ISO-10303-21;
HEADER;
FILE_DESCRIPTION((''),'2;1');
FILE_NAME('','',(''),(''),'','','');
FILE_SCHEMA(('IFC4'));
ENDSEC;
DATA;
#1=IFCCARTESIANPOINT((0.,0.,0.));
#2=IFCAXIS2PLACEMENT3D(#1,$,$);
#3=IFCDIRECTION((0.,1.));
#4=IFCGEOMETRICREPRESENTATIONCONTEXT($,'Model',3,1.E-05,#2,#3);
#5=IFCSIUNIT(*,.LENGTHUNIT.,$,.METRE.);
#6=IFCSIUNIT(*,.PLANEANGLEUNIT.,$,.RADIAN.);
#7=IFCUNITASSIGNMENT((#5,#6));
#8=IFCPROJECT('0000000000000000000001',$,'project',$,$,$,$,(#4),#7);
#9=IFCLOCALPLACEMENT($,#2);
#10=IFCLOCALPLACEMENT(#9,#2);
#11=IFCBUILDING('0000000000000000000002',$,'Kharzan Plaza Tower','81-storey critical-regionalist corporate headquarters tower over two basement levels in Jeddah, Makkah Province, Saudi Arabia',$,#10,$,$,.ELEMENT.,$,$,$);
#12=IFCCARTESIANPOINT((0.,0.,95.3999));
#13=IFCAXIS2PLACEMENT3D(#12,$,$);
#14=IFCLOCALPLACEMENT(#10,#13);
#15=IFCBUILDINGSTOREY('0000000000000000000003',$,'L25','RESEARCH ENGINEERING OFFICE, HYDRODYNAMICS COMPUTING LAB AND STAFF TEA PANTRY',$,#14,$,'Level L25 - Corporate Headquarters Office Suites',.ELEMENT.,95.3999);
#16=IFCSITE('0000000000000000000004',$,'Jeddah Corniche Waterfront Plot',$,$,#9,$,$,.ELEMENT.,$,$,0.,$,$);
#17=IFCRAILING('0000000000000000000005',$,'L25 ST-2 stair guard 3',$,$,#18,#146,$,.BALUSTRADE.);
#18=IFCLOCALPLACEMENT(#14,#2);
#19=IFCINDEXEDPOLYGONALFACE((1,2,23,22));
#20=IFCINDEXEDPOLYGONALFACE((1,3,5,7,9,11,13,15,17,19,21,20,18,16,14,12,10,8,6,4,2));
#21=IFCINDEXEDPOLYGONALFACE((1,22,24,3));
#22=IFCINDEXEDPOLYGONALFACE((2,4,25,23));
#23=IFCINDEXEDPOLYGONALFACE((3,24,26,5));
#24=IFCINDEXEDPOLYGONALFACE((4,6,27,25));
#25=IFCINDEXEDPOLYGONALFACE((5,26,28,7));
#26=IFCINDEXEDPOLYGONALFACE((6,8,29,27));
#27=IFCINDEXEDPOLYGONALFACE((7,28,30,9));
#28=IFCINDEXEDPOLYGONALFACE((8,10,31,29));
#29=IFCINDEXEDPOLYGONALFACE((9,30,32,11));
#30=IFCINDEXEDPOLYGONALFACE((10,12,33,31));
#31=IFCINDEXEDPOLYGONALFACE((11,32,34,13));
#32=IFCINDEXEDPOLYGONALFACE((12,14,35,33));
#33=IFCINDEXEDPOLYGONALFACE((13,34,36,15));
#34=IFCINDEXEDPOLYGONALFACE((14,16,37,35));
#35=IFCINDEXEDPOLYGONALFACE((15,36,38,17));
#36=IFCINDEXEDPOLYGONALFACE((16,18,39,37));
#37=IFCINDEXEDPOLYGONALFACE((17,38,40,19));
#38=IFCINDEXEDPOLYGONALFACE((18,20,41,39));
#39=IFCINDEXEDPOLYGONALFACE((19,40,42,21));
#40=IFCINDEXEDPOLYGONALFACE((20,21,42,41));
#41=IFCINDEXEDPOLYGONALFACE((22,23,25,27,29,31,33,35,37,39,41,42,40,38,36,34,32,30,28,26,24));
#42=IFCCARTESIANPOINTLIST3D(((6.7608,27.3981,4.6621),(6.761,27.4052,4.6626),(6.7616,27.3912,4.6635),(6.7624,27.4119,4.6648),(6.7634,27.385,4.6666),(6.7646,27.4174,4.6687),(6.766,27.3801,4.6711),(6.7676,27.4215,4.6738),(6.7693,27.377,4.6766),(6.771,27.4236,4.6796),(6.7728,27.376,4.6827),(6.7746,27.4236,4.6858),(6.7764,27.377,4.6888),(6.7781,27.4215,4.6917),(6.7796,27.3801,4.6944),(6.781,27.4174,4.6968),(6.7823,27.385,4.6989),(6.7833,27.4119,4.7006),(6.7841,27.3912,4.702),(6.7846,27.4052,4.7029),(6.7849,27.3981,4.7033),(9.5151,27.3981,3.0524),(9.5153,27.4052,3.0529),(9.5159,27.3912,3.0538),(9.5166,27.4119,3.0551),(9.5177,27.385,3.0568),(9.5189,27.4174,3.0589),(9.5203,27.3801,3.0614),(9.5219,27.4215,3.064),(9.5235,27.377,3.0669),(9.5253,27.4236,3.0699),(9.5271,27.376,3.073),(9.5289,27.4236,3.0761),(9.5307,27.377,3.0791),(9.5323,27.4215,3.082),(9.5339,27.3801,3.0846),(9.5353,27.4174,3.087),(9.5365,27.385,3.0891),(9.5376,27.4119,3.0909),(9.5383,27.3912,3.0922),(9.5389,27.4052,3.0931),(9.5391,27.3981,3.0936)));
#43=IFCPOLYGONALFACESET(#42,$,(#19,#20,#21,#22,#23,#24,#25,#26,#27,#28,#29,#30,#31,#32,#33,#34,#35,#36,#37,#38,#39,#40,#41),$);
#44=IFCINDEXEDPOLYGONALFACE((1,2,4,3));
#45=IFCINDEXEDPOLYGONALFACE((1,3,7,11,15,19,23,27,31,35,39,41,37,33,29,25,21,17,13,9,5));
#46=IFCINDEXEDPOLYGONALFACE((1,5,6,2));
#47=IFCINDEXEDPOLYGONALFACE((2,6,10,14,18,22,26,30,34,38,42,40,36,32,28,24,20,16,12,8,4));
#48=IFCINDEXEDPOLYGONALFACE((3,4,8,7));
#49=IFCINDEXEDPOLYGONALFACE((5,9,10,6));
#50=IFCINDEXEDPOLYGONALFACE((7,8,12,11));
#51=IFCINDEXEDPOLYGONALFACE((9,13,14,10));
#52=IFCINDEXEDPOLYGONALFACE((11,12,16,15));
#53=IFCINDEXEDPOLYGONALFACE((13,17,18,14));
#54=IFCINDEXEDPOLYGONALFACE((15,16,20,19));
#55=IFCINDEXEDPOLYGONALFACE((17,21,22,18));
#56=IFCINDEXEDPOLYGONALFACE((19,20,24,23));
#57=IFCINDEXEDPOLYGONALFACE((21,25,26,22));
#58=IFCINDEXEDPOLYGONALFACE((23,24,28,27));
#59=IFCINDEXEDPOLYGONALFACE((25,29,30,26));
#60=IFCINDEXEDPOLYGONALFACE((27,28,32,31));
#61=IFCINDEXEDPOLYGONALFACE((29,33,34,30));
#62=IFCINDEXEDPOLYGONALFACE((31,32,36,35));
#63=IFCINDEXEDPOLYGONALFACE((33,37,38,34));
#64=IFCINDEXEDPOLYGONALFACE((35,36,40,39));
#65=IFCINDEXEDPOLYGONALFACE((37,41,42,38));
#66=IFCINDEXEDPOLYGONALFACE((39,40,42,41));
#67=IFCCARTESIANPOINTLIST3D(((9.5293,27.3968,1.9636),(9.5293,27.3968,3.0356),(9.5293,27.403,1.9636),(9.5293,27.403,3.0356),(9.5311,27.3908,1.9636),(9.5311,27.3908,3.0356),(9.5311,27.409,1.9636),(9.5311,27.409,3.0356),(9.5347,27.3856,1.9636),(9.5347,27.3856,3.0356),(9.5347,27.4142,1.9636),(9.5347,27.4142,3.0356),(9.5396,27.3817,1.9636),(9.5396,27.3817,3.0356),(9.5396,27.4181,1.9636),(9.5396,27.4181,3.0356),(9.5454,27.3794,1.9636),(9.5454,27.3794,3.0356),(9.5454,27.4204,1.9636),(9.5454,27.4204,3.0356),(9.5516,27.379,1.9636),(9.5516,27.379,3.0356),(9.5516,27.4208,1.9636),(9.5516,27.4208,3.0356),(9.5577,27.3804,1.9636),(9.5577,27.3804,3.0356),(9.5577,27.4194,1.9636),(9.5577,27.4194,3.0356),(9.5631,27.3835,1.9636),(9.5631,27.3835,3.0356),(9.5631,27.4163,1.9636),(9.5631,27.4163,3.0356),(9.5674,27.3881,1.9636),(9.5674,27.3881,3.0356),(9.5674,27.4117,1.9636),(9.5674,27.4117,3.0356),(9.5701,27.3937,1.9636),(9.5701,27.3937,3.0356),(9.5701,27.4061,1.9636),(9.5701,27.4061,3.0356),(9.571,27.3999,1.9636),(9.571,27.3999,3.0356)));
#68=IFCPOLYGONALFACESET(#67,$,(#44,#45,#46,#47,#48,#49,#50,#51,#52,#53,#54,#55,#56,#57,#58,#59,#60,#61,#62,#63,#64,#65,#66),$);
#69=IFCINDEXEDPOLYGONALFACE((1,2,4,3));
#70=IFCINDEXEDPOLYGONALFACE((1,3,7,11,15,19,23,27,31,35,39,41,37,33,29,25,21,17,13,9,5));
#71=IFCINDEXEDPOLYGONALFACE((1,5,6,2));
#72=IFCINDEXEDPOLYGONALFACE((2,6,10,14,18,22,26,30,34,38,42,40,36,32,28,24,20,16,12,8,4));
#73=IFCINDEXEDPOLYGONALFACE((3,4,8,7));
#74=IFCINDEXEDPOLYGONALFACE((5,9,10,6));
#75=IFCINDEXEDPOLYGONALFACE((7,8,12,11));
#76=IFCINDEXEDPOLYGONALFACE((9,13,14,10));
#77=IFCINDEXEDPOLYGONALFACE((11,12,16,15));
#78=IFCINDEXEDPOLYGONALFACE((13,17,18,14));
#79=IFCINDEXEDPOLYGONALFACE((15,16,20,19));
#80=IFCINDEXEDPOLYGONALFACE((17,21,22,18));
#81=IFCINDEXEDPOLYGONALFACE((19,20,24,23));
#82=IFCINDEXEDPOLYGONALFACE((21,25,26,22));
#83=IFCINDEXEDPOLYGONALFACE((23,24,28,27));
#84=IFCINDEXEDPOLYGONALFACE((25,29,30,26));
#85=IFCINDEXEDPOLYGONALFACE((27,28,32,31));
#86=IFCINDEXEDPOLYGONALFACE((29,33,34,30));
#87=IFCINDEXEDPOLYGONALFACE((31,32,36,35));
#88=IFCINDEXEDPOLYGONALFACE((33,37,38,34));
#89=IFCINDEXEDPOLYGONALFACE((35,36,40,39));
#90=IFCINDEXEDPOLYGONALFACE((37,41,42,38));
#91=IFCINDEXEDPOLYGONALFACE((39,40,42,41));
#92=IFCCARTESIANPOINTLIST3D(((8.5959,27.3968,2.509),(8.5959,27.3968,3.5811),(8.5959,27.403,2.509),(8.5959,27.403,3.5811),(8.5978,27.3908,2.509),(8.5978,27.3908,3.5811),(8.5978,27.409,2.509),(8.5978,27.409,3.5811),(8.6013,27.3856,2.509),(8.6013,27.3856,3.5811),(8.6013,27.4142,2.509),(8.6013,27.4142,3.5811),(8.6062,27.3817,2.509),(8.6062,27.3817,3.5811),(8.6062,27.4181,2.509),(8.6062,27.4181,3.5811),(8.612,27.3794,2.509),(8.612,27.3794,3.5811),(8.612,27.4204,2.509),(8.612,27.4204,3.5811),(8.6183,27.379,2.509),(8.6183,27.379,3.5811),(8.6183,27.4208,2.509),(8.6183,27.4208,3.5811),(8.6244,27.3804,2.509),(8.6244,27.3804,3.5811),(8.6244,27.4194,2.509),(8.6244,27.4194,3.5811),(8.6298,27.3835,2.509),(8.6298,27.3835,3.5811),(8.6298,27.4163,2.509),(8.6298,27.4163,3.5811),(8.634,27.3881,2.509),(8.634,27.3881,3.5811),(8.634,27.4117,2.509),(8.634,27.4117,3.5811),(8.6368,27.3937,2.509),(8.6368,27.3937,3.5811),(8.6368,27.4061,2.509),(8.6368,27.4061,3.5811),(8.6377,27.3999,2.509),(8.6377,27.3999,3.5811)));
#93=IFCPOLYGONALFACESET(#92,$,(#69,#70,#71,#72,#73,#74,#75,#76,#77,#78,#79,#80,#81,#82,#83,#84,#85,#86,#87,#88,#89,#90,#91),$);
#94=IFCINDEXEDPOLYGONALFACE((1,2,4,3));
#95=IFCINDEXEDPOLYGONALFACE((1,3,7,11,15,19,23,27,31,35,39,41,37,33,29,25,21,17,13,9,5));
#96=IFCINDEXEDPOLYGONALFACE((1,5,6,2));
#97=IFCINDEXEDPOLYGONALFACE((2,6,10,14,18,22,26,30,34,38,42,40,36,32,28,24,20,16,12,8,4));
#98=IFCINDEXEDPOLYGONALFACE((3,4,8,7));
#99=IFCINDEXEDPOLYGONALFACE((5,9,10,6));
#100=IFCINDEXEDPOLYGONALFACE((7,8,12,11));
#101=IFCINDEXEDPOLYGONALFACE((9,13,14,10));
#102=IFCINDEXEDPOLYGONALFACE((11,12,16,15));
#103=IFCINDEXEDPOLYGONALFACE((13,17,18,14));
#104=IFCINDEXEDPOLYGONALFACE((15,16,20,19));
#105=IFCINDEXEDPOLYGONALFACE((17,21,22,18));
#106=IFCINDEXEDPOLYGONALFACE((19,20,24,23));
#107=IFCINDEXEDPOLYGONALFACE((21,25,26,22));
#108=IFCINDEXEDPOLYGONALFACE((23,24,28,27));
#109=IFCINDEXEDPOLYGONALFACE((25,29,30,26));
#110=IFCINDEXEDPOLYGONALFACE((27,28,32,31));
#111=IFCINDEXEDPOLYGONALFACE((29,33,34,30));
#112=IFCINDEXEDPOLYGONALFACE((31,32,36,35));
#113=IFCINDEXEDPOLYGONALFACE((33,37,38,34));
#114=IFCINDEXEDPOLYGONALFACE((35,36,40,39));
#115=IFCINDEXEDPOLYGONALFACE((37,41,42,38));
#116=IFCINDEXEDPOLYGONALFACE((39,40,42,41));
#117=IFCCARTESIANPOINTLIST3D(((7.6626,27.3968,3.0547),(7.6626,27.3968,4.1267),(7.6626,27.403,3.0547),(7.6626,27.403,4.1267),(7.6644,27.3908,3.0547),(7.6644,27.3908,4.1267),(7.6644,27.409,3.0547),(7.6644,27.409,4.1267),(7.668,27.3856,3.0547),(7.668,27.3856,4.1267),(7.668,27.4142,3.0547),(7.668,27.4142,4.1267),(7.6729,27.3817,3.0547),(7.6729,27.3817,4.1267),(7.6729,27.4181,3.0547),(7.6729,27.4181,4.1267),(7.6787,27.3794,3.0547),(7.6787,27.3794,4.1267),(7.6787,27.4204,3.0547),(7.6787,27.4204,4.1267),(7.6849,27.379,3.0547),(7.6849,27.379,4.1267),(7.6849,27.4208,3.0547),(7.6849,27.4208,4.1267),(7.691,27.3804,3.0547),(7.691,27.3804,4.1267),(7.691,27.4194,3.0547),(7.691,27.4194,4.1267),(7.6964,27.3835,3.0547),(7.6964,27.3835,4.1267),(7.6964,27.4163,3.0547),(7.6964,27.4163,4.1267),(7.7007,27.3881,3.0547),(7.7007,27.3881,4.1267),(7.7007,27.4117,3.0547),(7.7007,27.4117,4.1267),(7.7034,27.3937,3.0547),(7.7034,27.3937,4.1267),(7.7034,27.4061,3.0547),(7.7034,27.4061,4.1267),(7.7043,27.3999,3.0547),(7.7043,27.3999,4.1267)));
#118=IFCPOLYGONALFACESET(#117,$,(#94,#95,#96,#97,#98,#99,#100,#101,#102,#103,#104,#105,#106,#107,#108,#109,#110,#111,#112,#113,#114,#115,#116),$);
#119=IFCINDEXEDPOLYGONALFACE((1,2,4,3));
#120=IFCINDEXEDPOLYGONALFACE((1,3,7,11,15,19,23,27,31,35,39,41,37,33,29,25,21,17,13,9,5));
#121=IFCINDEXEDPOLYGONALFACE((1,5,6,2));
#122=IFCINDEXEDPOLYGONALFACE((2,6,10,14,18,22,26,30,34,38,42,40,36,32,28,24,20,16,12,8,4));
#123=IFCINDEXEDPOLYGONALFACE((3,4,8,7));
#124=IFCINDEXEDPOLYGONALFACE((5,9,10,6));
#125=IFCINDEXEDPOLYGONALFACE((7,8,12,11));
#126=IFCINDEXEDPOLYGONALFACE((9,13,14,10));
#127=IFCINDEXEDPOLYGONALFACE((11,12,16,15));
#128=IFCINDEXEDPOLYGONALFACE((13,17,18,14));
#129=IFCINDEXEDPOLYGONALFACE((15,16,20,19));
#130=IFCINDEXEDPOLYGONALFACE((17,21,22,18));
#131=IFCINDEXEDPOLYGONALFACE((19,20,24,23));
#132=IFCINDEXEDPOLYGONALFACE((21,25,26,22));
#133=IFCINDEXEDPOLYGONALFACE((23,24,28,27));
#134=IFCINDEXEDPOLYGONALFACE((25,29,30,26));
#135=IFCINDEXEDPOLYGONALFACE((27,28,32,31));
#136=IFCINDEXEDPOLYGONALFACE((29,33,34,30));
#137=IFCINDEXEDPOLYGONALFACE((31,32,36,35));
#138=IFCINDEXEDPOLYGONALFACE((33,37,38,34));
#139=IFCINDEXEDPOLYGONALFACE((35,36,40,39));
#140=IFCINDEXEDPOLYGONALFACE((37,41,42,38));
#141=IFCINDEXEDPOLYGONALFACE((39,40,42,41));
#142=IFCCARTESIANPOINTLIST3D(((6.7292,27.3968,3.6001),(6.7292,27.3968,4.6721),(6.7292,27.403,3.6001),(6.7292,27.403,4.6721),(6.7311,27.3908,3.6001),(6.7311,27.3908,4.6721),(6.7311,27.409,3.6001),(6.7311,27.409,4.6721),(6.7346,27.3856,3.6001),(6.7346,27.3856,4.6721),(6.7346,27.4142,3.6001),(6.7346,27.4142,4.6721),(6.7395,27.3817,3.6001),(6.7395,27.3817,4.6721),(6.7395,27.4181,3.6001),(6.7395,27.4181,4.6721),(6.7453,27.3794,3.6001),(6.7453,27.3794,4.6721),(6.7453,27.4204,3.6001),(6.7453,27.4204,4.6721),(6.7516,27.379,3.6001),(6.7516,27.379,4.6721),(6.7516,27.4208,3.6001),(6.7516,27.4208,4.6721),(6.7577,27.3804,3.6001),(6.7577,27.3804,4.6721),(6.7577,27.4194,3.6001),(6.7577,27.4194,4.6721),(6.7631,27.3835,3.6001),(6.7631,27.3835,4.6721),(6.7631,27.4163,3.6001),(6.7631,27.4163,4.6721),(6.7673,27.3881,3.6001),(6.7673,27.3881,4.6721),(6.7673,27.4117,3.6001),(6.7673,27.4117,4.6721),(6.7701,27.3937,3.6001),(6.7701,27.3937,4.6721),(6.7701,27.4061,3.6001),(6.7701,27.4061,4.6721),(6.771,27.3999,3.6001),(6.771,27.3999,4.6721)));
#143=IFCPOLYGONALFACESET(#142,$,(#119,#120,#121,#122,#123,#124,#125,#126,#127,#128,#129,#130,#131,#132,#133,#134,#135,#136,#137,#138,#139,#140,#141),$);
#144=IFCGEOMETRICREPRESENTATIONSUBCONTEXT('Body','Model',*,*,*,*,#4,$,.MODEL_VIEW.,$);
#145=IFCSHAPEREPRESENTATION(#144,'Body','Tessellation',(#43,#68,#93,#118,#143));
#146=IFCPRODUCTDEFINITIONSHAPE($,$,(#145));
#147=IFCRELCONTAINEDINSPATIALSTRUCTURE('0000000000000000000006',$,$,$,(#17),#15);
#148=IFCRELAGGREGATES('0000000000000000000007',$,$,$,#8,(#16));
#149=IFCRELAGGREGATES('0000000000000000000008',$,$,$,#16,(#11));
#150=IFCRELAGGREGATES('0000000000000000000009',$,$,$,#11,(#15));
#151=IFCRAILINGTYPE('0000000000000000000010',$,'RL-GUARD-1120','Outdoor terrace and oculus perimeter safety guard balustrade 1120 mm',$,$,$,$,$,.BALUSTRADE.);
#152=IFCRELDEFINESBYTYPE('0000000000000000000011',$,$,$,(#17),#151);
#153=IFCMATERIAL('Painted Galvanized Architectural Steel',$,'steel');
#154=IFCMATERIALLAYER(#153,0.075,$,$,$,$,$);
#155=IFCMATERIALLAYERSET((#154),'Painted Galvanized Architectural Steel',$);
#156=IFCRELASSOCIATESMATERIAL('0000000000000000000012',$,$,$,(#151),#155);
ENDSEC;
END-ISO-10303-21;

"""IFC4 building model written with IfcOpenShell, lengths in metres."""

from ifc_helpers import new_model, si_unit, direction, frame, origin, origin_2d, place, context, subcontext, project, spatial, circle, extrude, source, transform, mapped, material, layer, layer_set, type_object, element, save


model = new_model("IFC4")

# Units and contexts
model_context = context("Model", 3, precision=1e-05, world=origin(), true_north=direction((0.0, 1.0)))
body_context = subcontext(model_context, "Body", "Model", "MODEL_VIEW")
ifc_project = project(units=[si_unit("LENGTHUNIT", "METRE"), si_unit("PLANEANGLEUNIT", "RADIAN")], contexts=[model_context])

# Site, building, storey
site_placement = place(None, origin())
site = spatial("IfcSite", under=ifc_project, at=site_placement, Name="Jeddah Corniche Waterfront Plot", CompositionType="ELEMENT", RefElevation=0.0)
building_placement = place(site_placement, origin())
building = spatial("IfcBuilding", under=site, at=building_placement, Name="Kharzan Plaza Tower", Description="81-storey critical-regionalist corporate headquarters tower over two basement levels in Jeddah, Makkah Province, Saudi Arabia", CompositionType="ELEMENT")
storey_placement = place(building_placement, frame((0.0, 0.0, 95.3999)))
storey = spatial("IfcBuildingStorey", under=building, at=storey_placement, Name="L25", Description="RESEARCH ENGINEERING OFFICE, HYDRODYNAMICS COMPUTING LAB AND STAFF TEA PANTRY", LongName="Level L25 - Corporate Headquarters Office Suites", CompositionType="ELEMENT", Elevation=95.3999)

# Railing
ifc_material_1 = material(Name="Painted Galvanized Architectural Steel", Category="steel")
ifc_layer_1 = layer(ifc_material_1, 0.075)
ifc_layer_set_1 = layer_set([ifc_layer_1], Name="Painted Galvanized Architectural Steel")
railing_type_1 = type_object("IfcRailingType", Name="RL-GUARD-1120", Description="Outdoor terrace and oculus perimeter safety guard balustrade 1120 mm", PredefinedType="BALUSTRADE", material=ifc_layer_set_1)
shared_shape_1 = source(origin(), body_context, "Body", "SweptSolid", [
    extrude(circle(Radius=0.0239, at=origin_2d()), frame((-0.0229, 0.0, 1.1094), z_axis=(-0.863361, 0.0, 0.504587), x_axis=(0.0, -1.0, 0.0)), (0.0, 0.0, 1.0), 3.1902),
    extrude(circle(Radius=0.021, at=origin_2d()), origin(), (0.0, 0.0, 1.0), 1.072),
    extrude(circle(Radius=0.021, at=origin_2d()), frame((-0.9333, 0.0, 0.5454)), (0.0, 0.0, 1.0), 1.072),
    extrude(circle(Radius=0.021, at=origin_2d()), frame((-1.8667, 0.0, 1.0911)), (0.0, 0.0, 1.0), 1.072),
    extrude(circle(Radius=0.021, at=origin_2d()), frame((-2.8, 0.0, 1.6365)), (0.0, 0.0, 1.0), 1.072),
])
railing_1_placement = place(storey_placement, frame((9.55, 27.3999, 1.9636)))
element("IfcRailing", 1, at=railing_1_placement, inside=storey, type_object=railing_type_1, Name="L25 ST-2 stair guard 3", PredefinedType="BALUSTRADE", context=body_context, shape_type="MappedRepresentation", body=[
    mapped(shared_shape_1, transform((0.0, 0.0, 0.0), x_axis=(1.0, 0.0, 0.0), y_axis=(0.0, 1.0, 0.0), z_axis=(0.0, 0.0, 1.0))),
])

save(model, "model.ifc")
